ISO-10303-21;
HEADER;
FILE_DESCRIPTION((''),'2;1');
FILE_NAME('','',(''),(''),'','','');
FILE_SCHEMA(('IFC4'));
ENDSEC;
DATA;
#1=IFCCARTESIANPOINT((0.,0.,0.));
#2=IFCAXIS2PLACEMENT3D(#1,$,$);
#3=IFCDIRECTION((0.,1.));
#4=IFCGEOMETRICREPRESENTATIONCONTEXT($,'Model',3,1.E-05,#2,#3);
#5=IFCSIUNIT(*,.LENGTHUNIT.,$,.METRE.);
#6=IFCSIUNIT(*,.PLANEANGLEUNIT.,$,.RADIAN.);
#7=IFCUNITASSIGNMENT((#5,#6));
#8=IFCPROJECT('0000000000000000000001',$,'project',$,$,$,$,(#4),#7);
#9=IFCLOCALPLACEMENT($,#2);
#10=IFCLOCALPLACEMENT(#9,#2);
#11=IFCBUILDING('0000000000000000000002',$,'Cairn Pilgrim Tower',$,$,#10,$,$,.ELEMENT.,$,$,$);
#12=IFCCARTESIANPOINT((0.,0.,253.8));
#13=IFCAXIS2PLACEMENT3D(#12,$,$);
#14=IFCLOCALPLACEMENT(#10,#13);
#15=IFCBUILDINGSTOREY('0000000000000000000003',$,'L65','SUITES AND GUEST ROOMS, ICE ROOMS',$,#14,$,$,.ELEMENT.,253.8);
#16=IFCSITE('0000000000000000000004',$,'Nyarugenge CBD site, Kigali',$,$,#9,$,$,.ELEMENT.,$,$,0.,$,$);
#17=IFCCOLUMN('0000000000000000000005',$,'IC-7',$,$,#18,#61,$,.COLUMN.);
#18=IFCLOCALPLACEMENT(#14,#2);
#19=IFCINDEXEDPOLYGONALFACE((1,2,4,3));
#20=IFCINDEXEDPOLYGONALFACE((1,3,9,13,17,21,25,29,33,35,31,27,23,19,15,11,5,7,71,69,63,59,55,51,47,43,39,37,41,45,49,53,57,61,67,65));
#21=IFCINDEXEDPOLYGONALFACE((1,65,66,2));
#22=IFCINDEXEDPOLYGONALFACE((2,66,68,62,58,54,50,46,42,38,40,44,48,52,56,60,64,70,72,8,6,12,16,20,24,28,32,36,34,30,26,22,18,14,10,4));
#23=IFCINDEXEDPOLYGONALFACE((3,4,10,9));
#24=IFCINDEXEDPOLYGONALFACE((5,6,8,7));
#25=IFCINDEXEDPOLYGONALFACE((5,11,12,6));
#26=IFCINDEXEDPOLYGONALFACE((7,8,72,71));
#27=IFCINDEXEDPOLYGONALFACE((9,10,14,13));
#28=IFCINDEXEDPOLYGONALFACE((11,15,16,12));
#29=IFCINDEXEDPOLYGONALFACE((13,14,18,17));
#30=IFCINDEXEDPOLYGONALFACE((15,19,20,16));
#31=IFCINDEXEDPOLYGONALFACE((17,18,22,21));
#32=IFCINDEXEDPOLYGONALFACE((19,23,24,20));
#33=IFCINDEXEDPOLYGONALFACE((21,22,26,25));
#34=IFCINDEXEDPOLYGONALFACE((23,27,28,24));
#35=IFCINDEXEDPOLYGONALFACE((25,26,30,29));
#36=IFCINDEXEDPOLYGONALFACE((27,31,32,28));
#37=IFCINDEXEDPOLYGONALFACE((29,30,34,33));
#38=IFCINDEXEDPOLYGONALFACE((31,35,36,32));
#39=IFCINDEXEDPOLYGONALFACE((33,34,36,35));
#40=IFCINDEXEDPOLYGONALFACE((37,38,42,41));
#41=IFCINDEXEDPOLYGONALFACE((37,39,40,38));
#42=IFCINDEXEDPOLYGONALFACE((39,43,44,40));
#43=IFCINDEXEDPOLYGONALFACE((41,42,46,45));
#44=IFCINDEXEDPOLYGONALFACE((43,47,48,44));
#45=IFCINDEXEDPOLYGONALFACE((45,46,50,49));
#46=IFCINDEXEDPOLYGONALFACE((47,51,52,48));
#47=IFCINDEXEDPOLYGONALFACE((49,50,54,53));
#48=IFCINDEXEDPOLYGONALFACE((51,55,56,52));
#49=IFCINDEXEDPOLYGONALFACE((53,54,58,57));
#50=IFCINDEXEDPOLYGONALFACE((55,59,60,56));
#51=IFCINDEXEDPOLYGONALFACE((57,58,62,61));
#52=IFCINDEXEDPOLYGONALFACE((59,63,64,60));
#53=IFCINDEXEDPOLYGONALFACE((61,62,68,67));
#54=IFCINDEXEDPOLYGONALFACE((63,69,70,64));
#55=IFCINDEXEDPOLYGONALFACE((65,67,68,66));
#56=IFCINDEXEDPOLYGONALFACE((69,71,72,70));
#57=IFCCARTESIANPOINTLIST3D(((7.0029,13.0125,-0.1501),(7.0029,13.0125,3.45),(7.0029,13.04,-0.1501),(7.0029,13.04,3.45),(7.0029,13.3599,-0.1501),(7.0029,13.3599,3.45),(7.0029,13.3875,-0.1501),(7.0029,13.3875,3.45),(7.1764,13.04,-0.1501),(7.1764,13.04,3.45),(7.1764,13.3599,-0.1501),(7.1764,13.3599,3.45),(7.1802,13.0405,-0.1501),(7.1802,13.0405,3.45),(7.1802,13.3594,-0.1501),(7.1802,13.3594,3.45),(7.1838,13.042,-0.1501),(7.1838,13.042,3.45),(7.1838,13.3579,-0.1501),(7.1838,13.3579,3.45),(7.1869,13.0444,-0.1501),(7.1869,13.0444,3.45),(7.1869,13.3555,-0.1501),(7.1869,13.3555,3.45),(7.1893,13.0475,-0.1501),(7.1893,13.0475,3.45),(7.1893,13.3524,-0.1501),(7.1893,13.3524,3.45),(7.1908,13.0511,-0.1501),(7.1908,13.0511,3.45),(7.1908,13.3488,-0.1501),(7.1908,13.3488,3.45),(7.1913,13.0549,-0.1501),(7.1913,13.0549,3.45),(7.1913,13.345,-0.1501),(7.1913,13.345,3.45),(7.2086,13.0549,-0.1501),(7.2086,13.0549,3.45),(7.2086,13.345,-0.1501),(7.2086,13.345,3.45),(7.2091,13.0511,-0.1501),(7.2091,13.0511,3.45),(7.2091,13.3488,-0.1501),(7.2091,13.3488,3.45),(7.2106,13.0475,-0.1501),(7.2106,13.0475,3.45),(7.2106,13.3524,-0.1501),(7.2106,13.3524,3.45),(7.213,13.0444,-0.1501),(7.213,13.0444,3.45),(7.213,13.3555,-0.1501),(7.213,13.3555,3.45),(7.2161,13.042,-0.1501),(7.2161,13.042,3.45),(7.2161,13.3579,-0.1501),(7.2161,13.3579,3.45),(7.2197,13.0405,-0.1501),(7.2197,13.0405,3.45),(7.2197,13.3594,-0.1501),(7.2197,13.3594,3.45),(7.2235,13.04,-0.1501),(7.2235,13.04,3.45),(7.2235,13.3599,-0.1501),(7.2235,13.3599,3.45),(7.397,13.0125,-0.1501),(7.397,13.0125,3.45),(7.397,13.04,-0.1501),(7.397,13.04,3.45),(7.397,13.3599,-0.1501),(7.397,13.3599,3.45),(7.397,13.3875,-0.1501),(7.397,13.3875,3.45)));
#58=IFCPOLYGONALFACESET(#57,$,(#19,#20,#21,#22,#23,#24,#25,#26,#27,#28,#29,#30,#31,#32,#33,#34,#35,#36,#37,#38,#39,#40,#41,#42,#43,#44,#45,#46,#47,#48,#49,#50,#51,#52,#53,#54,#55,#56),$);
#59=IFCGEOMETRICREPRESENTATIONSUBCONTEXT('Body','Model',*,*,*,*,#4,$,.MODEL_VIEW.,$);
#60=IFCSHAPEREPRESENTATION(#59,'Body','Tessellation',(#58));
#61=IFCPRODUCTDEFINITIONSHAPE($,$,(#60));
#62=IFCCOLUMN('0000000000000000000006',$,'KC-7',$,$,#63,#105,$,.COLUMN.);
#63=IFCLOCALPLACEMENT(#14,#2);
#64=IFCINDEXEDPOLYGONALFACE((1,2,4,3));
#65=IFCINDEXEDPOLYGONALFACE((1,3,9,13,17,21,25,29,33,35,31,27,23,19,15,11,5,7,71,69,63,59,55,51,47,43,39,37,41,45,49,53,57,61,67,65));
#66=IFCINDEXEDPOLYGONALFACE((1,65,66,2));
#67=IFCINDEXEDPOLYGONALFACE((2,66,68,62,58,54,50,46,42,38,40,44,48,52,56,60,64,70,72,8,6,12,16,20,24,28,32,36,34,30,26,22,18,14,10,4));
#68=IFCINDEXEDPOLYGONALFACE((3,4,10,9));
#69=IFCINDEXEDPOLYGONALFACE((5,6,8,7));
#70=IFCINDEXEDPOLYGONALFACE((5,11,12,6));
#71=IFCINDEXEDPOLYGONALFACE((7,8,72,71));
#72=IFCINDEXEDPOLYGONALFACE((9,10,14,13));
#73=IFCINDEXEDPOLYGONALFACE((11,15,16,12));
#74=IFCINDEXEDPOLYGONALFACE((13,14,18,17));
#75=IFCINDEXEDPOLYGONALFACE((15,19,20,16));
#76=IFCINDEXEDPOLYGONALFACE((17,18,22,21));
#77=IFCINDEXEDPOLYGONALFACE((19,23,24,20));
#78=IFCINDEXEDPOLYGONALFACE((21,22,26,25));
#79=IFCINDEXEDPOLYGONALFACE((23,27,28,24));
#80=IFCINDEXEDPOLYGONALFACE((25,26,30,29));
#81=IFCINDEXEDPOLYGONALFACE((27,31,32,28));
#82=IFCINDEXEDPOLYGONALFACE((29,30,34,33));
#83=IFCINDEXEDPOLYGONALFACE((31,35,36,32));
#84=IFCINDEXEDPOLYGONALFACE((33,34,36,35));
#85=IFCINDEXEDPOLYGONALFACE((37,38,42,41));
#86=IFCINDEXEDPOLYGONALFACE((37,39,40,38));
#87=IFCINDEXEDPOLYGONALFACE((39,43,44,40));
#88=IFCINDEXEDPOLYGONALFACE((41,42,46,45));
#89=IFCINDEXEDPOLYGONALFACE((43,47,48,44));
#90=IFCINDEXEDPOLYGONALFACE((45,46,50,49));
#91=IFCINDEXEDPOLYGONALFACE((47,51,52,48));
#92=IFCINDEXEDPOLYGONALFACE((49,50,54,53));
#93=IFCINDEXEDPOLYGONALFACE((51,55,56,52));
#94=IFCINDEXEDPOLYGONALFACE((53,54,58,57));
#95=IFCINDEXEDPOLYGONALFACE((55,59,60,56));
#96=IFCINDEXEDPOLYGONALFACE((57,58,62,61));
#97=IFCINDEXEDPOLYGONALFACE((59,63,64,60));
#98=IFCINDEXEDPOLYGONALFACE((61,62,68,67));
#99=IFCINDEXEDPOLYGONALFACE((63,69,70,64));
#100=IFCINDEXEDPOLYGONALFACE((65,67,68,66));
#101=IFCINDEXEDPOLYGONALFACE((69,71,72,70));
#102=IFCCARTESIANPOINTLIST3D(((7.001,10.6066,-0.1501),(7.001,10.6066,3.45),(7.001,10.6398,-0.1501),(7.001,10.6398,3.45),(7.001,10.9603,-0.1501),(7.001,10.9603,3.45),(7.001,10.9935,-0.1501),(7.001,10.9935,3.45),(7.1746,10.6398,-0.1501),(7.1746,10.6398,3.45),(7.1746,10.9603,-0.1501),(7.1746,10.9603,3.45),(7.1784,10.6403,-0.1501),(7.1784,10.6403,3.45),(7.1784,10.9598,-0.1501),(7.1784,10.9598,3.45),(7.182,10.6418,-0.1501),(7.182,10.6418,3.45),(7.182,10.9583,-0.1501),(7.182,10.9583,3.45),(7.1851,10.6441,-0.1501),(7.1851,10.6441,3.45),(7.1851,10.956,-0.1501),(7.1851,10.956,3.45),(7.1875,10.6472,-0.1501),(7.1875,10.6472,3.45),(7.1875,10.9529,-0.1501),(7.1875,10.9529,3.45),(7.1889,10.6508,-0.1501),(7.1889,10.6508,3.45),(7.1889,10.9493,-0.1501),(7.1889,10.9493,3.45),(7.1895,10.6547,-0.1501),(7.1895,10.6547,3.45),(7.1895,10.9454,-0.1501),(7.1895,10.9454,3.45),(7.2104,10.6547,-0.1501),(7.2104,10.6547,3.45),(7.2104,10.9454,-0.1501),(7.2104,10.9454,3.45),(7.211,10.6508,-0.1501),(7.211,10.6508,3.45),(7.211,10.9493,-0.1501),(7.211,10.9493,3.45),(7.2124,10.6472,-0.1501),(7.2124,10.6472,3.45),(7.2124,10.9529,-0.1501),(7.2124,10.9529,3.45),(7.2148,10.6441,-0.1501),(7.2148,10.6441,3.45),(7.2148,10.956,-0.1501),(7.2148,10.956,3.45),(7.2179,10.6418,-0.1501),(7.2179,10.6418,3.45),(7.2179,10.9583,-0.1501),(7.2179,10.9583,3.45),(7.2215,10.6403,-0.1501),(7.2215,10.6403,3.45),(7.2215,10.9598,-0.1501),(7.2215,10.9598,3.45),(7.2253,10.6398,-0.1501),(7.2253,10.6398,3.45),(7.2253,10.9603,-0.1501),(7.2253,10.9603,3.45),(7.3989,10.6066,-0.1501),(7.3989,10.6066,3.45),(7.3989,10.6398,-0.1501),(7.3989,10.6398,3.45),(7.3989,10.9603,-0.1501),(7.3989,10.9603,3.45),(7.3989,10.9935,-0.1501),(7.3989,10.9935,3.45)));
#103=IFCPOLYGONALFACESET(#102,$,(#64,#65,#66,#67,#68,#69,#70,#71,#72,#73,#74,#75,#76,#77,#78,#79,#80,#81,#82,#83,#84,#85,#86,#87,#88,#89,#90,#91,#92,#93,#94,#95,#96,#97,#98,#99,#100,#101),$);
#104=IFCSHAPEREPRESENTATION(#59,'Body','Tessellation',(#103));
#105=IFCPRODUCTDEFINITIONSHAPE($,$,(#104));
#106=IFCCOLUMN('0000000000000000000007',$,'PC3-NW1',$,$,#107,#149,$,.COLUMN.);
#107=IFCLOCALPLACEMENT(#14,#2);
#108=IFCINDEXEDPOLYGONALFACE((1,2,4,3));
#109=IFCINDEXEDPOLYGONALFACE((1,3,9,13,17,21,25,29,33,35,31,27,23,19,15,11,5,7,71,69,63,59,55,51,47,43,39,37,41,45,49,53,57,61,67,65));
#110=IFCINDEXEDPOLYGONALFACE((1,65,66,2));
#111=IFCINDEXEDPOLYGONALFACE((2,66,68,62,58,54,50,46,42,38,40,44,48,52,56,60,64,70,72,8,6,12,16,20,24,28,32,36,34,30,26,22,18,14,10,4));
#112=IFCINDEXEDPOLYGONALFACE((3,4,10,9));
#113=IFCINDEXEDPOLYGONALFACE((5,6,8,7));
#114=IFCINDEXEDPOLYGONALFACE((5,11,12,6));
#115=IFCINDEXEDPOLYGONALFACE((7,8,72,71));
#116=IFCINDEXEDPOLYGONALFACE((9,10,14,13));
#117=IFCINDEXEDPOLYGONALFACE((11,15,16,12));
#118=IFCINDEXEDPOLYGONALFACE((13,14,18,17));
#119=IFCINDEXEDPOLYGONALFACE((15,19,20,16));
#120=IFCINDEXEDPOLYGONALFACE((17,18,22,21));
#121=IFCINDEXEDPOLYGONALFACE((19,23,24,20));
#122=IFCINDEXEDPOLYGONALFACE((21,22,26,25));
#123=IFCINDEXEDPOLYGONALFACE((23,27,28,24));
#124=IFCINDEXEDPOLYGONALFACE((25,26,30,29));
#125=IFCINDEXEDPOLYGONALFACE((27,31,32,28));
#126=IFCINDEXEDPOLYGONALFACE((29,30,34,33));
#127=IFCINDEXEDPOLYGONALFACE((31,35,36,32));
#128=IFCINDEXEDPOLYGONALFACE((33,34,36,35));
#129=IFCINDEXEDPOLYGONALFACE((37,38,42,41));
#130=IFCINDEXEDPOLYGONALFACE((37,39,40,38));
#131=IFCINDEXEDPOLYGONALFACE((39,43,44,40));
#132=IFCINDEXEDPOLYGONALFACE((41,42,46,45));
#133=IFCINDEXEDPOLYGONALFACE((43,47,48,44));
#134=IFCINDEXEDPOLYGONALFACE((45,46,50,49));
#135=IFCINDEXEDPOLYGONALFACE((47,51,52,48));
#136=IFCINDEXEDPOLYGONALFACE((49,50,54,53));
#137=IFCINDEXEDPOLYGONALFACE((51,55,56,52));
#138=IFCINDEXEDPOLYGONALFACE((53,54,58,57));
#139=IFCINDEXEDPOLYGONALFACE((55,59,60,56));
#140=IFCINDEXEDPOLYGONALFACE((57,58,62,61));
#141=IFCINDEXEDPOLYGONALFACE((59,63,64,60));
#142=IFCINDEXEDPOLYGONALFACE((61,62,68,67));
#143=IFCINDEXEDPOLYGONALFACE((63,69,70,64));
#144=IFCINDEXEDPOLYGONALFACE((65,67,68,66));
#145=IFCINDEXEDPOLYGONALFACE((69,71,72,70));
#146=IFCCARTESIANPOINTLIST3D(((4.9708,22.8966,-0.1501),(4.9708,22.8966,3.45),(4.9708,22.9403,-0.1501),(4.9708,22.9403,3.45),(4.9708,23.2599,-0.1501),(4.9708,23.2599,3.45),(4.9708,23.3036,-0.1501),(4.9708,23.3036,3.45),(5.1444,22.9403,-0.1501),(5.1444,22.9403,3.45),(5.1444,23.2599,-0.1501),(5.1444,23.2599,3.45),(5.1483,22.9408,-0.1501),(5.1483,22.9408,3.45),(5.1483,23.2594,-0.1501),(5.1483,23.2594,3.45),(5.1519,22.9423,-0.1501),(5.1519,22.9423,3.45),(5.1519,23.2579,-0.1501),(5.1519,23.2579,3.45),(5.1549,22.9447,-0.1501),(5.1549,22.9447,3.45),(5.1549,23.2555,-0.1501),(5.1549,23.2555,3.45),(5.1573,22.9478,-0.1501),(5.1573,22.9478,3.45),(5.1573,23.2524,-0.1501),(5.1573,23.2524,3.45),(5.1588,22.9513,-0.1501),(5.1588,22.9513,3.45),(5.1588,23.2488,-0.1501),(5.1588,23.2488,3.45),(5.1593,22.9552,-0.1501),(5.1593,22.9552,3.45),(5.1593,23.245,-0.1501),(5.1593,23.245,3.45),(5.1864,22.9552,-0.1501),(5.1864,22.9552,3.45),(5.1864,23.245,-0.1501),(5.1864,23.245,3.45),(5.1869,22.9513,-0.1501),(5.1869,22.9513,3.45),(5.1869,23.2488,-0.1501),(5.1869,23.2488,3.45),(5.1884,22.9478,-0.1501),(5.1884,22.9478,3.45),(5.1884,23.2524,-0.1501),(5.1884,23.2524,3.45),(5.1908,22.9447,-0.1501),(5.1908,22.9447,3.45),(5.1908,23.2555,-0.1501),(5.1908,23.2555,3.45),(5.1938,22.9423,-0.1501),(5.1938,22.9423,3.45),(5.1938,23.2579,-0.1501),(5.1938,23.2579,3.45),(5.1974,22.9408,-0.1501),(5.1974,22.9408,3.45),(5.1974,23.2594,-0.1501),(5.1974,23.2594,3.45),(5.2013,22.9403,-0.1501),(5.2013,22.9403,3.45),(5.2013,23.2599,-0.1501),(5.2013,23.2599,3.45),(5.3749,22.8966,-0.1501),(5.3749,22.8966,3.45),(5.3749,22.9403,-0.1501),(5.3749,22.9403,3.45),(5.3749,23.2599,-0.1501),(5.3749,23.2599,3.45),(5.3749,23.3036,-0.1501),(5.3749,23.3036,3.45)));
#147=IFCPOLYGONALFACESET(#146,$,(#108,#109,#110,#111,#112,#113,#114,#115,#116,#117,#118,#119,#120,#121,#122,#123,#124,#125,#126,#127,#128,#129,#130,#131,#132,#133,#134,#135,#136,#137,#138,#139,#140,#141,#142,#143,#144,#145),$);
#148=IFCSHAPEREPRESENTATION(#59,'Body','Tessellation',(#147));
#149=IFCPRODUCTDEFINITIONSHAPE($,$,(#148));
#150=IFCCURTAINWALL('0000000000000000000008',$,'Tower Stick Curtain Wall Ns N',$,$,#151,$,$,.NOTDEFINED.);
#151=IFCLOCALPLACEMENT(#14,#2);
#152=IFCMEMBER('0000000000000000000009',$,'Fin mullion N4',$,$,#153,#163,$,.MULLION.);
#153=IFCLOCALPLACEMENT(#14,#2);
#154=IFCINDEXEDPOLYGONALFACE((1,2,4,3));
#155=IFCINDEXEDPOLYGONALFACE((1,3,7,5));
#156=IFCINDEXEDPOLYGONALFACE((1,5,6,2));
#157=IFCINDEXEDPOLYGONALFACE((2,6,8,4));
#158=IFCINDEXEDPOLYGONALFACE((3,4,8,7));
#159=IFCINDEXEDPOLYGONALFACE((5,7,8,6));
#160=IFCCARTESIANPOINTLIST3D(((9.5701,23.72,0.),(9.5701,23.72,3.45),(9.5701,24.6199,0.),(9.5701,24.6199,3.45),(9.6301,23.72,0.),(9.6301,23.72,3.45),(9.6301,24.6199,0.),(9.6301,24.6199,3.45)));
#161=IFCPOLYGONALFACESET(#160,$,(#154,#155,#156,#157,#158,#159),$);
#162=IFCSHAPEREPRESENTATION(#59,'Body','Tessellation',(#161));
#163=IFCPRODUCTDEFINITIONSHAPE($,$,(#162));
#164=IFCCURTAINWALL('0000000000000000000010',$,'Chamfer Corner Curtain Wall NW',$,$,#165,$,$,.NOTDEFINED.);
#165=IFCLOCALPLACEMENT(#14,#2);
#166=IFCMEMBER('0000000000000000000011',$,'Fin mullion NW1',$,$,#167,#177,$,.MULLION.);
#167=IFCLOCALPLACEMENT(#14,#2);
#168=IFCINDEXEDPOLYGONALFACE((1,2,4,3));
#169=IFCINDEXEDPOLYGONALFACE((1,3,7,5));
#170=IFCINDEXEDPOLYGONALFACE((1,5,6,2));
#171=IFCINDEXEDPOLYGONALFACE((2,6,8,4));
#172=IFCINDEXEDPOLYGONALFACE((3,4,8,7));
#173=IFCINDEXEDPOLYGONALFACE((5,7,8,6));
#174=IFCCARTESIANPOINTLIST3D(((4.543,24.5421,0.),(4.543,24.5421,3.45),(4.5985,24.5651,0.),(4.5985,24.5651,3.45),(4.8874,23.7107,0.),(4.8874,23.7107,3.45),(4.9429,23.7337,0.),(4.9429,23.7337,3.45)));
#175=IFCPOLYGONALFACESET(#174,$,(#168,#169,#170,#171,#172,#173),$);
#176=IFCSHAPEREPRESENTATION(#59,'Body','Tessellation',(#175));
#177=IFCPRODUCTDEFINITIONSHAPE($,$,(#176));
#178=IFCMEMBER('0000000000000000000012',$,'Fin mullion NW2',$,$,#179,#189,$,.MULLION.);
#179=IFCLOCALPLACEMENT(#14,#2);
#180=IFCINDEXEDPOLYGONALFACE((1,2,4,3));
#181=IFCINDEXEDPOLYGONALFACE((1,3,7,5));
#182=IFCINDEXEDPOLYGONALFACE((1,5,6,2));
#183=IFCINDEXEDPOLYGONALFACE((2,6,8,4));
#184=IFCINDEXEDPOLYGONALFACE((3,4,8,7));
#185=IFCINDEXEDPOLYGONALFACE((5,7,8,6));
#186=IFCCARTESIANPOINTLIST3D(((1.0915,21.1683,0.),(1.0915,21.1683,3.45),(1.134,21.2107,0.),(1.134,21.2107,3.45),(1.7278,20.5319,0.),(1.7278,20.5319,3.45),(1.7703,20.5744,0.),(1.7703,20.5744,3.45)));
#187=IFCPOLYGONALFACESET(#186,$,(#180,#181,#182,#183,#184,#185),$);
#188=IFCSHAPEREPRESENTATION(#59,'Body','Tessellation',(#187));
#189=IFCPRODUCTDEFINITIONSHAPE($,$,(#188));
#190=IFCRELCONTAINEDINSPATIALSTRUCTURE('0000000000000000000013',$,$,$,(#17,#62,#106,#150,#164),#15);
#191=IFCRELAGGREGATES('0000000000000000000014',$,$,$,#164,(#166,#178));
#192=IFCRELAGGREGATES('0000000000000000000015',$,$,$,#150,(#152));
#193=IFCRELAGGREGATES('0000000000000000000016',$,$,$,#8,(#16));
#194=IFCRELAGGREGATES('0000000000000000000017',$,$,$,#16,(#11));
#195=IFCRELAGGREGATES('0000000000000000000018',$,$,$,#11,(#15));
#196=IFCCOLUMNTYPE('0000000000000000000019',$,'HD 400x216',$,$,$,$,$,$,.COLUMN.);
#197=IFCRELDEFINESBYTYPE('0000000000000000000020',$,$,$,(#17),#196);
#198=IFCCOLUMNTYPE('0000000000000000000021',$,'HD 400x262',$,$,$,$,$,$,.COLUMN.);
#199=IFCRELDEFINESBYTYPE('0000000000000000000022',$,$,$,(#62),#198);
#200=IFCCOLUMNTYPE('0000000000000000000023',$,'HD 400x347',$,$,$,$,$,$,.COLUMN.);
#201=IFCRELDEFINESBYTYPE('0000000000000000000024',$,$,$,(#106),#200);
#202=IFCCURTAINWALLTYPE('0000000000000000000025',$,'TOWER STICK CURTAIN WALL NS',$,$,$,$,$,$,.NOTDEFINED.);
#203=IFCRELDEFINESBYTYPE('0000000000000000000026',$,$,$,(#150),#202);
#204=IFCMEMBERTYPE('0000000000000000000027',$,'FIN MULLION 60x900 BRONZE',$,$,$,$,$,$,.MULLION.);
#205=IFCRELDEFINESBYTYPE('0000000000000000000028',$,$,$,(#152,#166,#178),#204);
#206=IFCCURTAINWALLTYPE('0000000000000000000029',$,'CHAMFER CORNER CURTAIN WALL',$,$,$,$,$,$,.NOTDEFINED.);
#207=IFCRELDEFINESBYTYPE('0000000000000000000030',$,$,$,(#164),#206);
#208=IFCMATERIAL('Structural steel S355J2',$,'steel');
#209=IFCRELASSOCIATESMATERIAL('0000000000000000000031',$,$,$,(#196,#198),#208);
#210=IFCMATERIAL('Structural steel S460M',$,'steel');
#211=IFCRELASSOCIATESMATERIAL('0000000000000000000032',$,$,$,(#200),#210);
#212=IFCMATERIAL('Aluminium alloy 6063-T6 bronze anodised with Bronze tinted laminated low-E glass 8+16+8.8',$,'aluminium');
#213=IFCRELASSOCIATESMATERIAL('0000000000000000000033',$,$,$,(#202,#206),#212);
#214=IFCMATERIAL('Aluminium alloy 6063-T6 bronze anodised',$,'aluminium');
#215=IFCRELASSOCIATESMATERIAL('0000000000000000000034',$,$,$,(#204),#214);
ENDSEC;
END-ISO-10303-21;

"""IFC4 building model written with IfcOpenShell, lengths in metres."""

from ifc_helpers import new_model, si_unit, direction, frame, origin, origin_2d, place, context, subcontext, project, spatial, rectangle, i_section, extrude, material, material_profile, profile_set, type_object, element, aggregate, save


model = new_model("IFC4")

# Units and contexts
model_context = context("Model", 3, precision=1e-05, world=origin(), true_north=direction((0.0, 1.0)))
body_context = subcontext(model_context, "Body", "Model", "MODEL_VIEW")
ifc_project = project(units=[si_unit("LENGTHUNIT", "METRE"), si_unit("PLANEANGLEUNIT", "RADIAN")], contexts=[model_context])

# Site, building, storey
site_placement = place(None, origin())
site = spatial("IfcSite", under=ifc_project, at=site_placement, Name="Nyarugenge CBD site, Kigali", CompositionType="ELEMENT", RefElevation=0.0)
building_placement = place(site_placement, origin())
building = spatial("IfcBuilding", under=site, at=building_placement, Name="Cairn Pilgrim Tower", CompositionType="ELEMENT")
storey_placement = place(building_placement, frame((0.0, 0.0, 253.8)))
storey = spatial("IfcBuildingStorey", under=building, at=storey_placement, Name="L65", Description="SUITES AND GUEST ROOMS, ICE ROOMS", CompositionType="ELEMENT", Elevation=253.8)

# Columns
ifc_material_1 = material(Name="Structural steel S355J2", Category="steel")
ifc_material_profile_1 = material_profile(ifc_material_1, i_section(OverallWidth=0.394, OverallDepth=0.375, WebThickness=0.0173, FlangeThickness=0.0276, FilletRadius=0.0149, at=origin_2d()), Name="HD 400x216")
ifc_profile_set_1 = profile_set([ifc_material_profile_1], Name="Structural steel S355J2")
column_type_1 = type_object("IfcColumnType", Name="HD 400x216", PredefinedType="COLUMN", material=ifc_profile_set_1)
column_1_placement = place(storey_placement, frame((7.2, 13.2, -0.1501), z_axis=(0.0, 0.0, 1.0), x_axis=(1.0, 0.0, 0.0)))
element("IfcColumn", 1, at=column_1_placement, inside=storey, type_object=column_type_1, Name="IC-7", PredefinedType="COLUMN", context=body_context, shape_type="SweptSolid", body=[
    extrude(i_section(OverallWidth=0.394, OverallDepth=0.375, WebThickness=0.0173, FlangeThickness=0.0276, FilletRadius=0.0149, at=origin_2d()), origin(), (0.0, 0.0, 1.0), 3.6001),
])
ifc_material_profile_2 = material_profile(ifc_material_1, i_section(OverallWidth=0.3979, OverallDepth=0.387, WebThickness=0.021, FlangeThickness=0.0332, FilletRadius=0.0149, at=origin_2d()), Name="HD 400x262")
ifc_profile_set_2 = profile_set([ifc_material_profile_2], Name="Structural steel S355J2")
column_type_2 = type_object("IfcColumnType", Name="HD 400x262", PredefinedType="COLUMN", material=ifc_profile_set_2)
column_2_placement = place(storey_placement, frame((7.2, 10.8, -0.1501), z_axis=(0.0, 0.0, 1.0), x_axis=(1.0, 0.0, 0.0)))
element("IfcColumn", 2, at=column_2_placement, inside=storey, type_object=column_type_2, Name="KC-7", PredefinedType="COLUMN", context=body_context, shape_type="SweptSolid", body=[
    extrude(i_section(OverallWidth=0.3979, OverallDepth=0.387, WebThickness=0.021, FlangeThickness=0.0332, FilletRadius=0.0149, at=origin_2d()), origin(), (0.0, 0.0, 1.0), 3.6001),
])
ifc_material_2 = material(Name="Structural steel S460M", Category="steel")
ifc_material_profile_3 = material_profile(ifc_material_2, i_section(OverallWidth=0.4041, OverallDepth=0.407, WebThickness=0.0271, FlangeThickness=0.0437, FilletRadius=0.0149, at=origin_2d()), Name="HD 400x347")
ifc_profile_set_3 = profile_set([ifc_material_profile_3], Name="Structural steel S460M")
column_type_3 = type_object("IfcColumnType", Name="HD 400x347", PredefinedType="COLUMN", material=ifc_profile_set_3)
column_3_placement = place(storey_placement, frame((5.1729, 23.1001, -0.1501), z_axis=(0.0, 0.0, 1.0), x_axis=(1.0, 0.0, 0.0)))
element("IfcColumn", 3, at=column_3_placement, inside=storey, type_object=column_type_3, Name="PC3-NW1", PredefinedType="COLUMN", context=body_context, shape_type="SweptSolid", body=[
    extrude(i_section(OverallWidth=0.4041, OverallDepth=0.407, WebThickness=0.0271, FlangeThickness=0.0437, FilletRadius=0.0149, at=origin_2d()), origin(), (0.0, 0.0, 1.0), 3.6001),
])

# Curtain wall, member
ifc_material_3 = material(Name="Aluminium alloy 6063-T6 bronze anodised with Bronze tinted laminated low-E glass 8+16+8.8", Category="aluminium")
curtain_wall_type_1 = type_object("IfcCurtainWallType", Name="TOWER STICK CURTAIN WALL NS", PredefinedType="NOTDEFINED", material=ifc_material_3)
curtain_wall_1_placement = place(storey_placement, origin())
curtain_wall_1 = element("IfcCurtainWall", 4, at=curtain_wall_1_placement, inside=storey, type_object=curtain_wall_type_1, Name="Tower Stick Curtain Wall Ns N", PredefinedType="NOTDEFINED")
ifc_material_4 = material(Name="Aluminium alloy 6063-T6 bronze anodised", Category="aluminium")
ifc_material_profile_4 = material_profile(ifc_material_4, rectangle(XDim=0.8999, YDim=0.0601, at=origin_2d()), Name="FIN MULLION 60x900 BRONZE")
ifc_profile_set_4 = profile_set([ifc_material_profile_4], Name="Aluminium alloy 6063-T6 bronze anodised")
member_type_1 = type_object("IfcMemberType", Name="FIN MULLION 60x900 BRONZE", PredefinedType="MULLION", material=ifc_profile_set_4)
member_1_placement = place(storey_placement, frame((9.6001, 24.1699, 0.0), z_axis=(0.0, 0.0, 1.0), x_axis=(0.0, 1.0, 0.0)))
member_1 = element("IfcMember", 5, at=member_1_placement, type_object=member_type_1, Name="Fin mullion N4", PredefinedType="MULLION", context=body_context, shape_type="SweptSolid", body=[
    extrude(rectangle(XDim=0.8999, YDim=0.0601, at=origin_2d()), origin(), (0.0, 0.0, 1.0), 3.45),
])

# Curtain wall, members
curtain_wall_type_2 = type_object("IfcCurtainWallType", Name="CHAMFER CORNER CURTAIN WALL", PredefinedType="NOTDEFINED", material=ifc_material_3)
curtain_wall_2_placement = place(storey_placement, origin())
curtain_wall_2 = element("IfcCurtainWall", 6, at=curtain_wall_2_placement, inside=storey, type_object=curtain_wall_type_2, Name="Chamfer Corner Curtain Wall NW", PredefinedType="NOTDEFINED")
member_2_placement = place(storey_placement, frame((4.7429, 24.1379, 0.0), z_axis=(0.0, 0.0, 1.0), x_axis=(-0.382683, 0.92388, 0.0)))
member_2 = element("IfcMember", 7, at=member_2_placement, type_object=member_type_1, Name="Fin mullion NW1", PredefinedType="MULLION", context=body_context, shape_type="SweptSolid", body=[
    extrude(rectangle(XDim=0.8999, YDim=0.0601, at=origin_2d()), origin(), (0.0, 0.0, 1.0), 3.45),
])
member_3_placement = place(storey_placement, frame((1.4309, 20.8713, 0.0), z_axis=(0.0, 0.0, 1.0), x_axis=(-0.707107, 0.707107, 0.0)))
member_3 = element("IfcMember", 8, at=member_3_placement, type_object=member_type_1, Name="Fin mullion NW2", PredefinedType="MULLION", context=body_context, shape_type="SweptSolid", body=[
    extrude(rectangle(XDim=0.8999, YDim=0.0601, at=origin_2d()), origin(), (0.0, 0.0, 1.0), 3.45),
])

aggregate(curtain_wall_2, [member_2, member_3])
aggregate(curtain_wall_1, [member_1])

save(model, "model.ifc")
